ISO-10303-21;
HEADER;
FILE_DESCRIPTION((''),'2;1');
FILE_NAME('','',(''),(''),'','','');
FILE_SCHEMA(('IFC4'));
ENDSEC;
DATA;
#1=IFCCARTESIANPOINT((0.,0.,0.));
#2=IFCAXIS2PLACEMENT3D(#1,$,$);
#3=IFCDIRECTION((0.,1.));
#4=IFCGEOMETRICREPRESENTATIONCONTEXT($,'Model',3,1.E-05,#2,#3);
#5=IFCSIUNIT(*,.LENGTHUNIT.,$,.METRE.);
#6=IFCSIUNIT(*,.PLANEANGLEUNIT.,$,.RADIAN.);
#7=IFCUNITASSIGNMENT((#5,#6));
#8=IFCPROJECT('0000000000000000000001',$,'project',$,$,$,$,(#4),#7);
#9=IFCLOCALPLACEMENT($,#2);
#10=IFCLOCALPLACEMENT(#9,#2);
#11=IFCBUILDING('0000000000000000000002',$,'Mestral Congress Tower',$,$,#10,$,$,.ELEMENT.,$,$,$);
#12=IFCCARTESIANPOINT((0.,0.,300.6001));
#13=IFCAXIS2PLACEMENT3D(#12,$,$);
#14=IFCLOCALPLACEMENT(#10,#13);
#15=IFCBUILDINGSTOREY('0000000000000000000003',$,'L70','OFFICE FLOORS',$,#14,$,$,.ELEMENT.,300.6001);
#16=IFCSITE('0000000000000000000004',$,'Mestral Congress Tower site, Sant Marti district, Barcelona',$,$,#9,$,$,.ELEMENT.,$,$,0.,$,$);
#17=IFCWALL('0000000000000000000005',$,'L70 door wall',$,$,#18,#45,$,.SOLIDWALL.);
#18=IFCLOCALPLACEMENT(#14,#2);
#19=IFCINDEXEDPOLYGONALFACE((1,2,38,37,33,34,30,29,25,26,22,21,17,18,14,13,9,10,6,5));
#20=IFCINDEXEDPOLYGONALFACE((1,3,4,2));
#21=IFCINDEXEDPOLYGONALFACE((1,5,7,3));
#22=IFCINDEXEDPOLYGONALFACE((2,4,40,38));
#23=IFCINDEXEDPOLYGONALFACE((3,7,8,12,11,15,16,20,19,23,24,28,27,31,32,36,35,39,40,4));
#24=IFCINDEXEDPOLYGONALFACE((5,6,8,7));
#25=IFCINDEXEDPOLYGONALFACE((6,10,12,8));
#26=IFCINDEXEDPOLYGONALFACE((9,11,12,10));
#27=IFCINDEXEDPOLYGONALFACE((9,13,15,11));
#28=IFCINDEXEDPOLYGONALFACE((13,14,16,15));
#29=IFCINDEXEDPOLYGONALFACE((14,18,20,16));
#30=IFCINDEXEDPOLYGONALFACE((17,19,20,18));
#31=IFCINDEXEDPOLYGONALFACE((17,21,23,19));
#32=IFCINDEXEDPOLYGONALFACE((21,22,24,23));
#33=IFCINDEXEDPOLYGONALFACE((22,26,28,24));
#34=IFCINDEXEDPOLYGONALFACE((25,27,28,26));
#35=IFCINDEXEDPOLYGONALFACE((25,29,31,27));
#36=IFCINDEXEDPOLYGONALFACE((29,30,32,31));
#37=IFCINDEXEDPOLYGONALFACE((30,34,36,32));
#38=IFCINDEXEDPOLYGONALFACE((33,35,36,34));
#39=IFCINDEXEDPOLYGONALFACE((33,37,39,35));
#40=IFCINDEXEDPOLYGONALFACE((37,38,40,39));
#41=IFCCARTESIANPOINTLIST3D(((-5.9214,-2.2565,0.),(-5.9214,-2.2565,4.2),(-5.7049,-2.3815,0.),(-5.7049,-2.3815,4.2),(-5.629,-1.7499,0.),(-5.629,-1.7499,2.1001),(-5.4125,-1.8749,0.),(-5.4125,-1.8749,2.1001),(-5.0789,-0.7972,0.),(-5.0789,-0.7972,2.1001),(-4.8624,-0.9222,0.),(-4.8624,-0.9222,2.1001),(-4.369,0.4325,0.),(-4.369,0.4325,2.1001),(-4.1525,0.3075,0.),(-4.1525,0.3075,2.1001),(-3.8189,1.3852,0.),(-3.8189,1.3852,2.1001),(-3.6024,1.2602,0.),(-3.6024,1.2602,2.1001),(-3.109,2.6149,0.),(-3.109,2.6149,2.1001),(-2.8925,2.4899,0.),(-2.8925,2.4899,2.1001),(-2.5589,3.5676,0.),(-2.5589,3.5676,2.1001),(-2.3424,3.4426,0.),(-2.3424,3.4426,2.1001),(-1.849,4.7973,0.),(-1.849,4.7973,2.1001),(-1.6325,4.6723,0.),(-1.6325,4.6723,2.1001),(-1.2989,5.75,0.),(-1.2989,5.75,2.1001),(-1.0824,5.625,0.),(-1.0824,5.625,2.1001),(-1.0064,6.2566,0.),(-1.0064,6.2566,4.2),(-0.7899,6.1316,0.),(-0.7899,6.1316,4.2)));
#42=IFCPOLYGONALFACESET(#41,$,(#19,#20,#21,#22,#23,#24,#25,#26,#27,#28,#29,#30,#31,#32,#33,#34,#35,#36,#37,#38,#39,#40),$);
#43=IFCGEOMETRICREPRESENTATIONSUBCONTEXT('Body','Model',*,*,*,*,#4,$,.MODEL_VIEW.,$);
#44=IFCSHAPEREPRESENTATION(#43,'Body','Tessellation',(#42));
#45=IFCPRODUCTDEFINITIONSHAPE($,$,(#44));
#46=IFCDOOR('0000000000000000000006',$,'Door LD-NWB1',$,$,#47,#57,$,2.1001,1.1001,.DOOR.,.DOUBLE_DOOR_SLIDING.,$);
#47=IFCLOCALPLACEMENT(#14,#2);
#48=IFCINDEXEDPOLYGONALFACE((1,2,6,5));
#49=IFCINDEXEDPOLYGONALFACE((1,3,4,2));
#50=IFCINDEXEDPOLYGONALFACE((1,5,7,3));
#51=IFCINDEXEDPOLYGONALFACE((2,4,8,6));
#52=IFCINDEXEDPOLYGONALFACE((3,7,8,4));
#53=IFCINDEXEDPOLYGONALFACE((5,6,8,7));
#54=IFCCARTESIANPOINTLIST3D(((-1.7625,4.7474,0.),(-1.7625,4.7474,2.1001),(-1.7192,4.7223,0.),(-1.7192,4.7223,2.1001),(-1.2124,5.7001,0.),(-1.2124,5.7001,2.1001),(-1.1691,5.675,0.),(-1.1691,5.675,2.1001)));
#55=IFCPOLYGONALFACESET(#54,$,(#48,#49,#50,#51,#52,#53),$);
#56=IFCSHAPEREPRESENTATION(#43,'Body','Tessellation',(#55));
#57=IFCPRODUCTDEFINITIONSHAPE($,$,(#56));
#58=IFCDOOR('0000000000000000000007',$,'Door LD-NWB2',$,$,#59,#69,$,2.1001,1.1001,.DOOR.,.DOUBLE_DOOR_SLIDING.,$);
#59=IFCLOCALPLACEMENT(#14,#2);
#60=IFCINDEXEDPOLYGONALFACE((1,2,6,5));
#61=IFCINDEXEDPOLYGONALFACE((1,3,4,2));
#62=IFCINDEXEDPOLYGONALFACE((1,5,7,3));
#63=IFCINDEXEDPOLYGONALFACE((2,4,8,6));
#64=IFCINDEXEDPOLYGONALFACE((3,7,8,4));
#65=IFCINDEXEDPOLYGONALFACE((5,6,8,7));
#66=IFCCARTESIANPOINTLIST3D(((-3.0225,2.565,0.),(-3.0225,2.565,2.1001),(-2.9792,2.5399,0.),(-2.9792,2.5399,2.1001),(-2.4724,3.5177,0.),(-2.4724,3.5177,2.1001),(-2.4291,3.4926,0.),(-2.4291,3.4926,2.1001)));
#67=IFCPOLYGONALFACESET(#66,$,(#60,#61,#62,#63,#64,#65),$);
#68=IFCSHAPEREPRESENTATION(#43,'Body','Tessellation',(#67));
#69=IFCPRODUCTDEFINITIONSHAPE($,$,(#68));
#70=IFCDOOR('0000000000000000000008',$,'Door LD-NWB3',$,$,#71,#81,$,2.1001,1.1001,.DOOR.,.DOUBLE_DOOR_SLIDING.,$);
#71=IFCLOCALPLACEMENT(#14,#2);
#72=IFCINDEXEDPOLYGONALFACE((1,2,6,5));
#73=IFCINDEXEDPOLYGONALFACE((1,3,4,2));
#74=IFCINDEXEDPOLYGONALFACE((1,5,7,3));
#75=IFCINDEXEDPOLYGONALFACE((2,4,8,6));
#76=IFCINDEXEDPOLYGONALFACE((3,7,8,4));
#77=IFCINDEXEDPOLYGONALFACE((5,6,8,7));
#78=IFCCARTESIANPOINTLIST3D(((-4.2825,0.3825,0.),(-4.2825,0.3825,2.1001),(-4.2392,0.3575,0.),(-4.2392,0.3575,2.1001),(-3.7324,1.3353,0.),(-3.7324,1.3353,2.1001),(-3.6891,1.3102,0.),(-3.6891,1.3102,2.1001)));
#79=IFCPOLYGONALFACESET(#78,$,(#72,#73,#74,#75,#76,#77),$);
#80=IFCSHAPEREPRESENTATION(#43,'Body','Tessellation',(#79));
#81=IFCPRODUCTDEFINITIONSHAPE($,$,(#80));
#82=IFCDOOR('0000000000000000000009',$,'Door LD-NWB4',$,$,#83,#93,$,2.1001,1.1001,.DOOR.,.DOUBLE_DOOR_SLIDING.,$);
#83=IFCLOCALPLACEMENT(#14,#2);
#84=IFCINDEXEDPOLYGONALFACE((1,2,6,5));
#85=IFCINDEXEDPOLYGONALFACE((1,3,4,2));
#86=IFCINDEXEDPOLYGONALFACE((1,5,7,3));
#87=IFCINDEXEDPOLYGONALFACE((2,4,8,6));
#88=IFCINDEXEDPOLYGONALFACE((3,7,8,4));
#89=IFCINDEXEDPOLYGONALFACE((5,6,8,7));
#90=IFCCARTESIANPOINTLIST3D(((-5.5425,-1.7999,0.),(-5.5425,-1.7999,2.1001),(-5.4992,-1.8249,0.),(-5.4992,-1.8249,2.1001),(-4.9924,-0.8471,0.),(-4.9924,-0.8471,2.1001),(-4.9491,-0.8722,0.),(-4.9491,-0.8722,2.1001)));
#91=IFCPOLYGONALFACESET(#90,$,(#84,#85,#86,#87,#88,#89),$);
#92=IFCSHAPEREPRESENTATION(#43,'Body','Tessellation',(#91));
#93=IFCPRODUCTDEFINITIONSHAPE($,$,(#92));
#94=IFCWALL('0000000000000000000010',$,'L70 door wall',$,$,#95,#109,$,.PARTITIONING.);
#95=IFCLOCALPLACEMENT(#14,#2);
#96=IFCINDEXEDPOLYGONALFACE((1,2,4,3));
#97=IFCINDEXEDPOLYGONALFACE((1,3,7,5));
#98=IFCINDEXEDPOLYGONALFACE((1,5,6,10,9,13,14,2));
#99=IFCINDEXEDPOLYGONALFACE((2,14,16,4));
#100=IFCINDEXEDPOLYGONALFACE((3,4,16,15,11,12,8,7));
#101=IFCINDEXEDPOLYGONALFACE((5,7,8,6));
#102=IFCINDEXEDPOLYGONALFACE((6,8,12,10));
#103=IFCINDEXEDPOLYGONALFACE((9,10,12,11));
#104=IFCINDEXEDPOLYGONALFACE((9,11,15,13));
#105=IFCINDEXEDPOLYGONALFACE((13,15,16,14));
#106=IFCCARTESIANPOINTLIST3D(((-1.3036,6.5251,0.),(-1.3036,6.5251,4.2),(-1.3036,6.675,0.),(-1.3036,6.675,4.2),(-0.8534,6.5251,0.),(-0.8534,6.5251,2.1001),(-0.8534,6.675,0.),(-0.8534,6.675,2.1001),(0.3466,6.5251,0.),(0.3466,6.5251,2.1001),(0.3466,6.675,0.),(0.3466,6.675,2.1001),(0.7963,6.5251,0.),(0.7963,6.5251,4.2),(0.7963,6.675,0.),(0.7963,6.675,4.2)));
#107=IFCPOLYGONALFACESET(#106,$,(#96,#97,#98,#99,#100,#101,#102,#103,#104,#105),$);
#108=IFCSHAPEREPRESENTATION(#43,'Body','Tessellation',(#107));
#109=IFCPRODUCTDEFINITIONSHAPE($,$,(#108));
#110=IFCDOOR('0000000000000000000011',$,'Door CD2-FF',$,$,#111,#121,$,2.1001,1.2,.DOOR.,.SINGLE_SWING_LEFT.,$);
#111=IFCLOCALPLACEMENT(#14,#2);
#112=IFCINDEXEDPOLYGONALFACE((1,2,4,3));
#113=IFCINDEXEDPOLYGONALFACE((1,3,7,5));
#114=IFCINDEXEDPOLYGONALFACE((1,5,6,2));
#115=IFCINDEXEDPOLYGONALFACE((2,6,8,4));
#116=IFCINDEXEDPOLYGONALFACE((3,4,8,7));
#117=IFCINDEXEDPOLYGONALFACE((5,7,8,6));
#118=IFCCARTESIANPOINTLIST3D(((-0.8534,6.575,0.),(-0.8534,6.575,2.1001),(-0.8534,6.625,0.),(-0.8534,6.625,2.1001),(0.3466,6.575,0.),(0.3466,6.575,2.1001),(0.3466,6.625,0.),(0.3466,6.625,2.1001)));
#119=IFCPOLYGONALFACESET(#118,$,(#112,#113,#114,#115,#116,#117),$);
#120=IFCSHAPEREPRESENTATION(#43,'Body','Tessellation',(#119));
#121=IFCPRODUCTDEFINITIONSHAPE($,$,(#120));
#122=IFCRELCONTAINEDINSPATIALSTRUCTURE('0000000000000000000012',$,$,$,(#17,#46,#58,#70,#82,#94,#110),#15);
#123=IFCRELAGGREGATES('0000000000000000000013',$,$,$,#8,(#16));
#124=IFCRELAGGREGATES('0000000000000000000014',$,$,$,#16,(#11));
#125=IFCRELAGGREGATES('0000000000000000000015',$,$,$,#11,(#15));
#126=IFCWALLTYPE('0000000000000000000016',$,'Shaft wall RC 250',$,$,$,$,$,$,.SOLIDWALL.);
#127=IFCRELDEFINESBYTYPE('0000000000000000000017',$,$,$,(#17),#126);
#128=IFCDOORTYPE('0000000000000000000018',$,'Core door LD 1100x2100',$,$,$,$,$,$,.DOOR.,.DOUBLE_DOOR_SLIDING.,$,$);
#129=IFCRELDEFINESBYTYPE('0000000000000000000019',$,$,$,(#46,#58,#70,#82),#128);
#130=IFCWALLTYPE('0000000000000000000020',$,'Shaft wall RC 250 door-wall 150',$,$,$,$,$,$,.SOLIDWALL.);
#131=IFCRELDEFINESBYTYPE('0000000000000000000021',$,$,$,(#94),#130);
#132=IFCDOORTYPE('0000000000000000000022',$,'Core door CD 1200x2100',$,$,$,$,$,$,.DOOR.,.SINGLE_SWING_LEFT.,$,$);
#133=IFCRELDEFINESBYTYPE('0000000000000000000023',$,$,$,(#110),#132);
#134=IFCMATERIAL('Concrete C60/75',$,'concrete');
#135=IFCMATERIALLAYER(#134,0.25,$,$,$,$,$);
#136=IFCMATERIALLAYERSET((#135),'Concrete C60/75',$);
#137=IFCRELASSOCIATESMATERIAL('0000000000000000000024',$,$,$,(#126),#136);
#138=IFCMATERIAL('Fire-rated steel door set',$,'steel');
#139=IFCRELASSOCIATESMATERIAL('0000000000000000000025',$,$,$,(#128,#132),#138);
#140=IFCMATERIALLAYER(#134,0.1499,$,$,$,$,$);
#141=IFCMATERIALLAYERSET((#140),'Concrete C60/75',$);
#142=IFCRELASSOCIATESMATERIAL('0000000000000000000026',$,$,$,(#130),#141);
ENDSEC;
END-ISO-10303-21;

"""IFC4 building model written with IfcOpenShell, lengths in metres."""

from ifc_helpers import new_model, si_unit, direction, frame, frame_2d, origin, place, context, subcontext, project, spatial, rectangle, extrude, material, layer, layer_set, type_object, element, fill, save


model = new_model("IFC4")

# Units and contexts
model_context = context("Model", 3, precision=1e-05, world=origin(), true_north=direction((0.0, 1.0)))
body_context = subcontext(model_context, "Body", "Model", "MODEL_VIEW")
ifc_project = project(units=[si_unit("LENGTHUNIT", "METRE"), si_unit("PLANEANGLEUNIT", "RADIAN")], contexts=[model_context])

# Site, building, storey
site_placement = place(None, origin())
site = spatial("IfcSite", under=ifc_project, at=site_placement, Name="Mestral Congress Tower site, Sant Marti district, Barcelona", CompositionType="ELEMENT", RefElevation=0.0)
building_placement = place(site_placement, origin())
building = spatial("IfcBuilding", under=site, at=building_placement, Name="Mestral Congress Tower", CompositionType="ELEMENT")
storey_placement = place(building_placement, frame((0.0, 0.0, 300.6001)))
storey = spatial("IfcBuildingStorey", under=building, at=storey_placement, Name="L70", Description="OFFICE FLOORS", CompositionType="ELEMENT", Elevation=300.6001)

# Shared definitions
ifc_material_1 = material(Name="Concrete C60/75", Category="concrete")

# Shared definitions
ifc_material_2 = material(Name="Fire-rated steel door set", Category="steel")

# Wall, openings, doors
ifc_layer_1 = layer(ifc_material_1, 0.25)
ifc_layer_set_1 = layer_set([ifc_layer_1], Name="Concrete C60/75")
wall_type_1 = type_object("IfcWallType", Name="Shaft wall RC 250", PredefinedType="SOLIDWALL", material=ifc_layer_set_1)
wall_1_placement = place(storey_placement, frame((-0.8982, 6.1941, 0.0), z_axis=(0.0, 0.0, 1.0), x_axis=(-0.499996, -0.866028, 0.0)))
wall_1 = element("IfcWall", 1, at=wall_1_placement, inside=storey, type_object=wall_type_1, Name="L70 door wall", PredefinedType="SOLIDWALL", context=body_context, shape_type="SweptSolid", body=[
    extrude(rectangle(XDim=9.8301, YDim=0.25, at=frame_2d((4.915, 0.0))), origin(), (0.0, 0.0, 1.0), 4.2),
])
opening_1_placement = place(wall_1_placement, frame((0.585, 0.0, 0.0)))
opening_1 = element("IfcOpeningElement", 2, at=opening_1_placement, cuts=wall_1, PredefinedType="OPENING", context=body_context, shape_type="SweptSolid", body=[
    extrude(rectangle(XDim=1.1001, YDim=2.1001, at=frame_2d((0.55, 1.05))), frame((0.0, 0.135, 0.0), z_axis=(0.0, -1.0, 0.0), x_axis=(1.0, 0.0, 0.0)), (0.0, 0.0, 1.0), 0.27),
])
opening_2_placement = place(wall_1_placement, frame((3.105, 0.0, 0.0)))
opening_2 = element("IfcOpeningElement", 3, at=opening_2_placement, cuts=wall_1, PredefinedType="OPENING", context=body_context, shape_type="SweptSolid", body=[
    extrude(rectangle(XDim=1.1001, YDim=2.1001, at=frame_2d((0.55, 1.05))), frame((0.0, 0.135, 0.0), z_axis=(0.0, -1.0, 0.0), x_axis=(1.0, 0.0, 0.0)), (0.0, 0.0, 1.0), 0.27),
])
opening_3_placement = place(wall_1_placement, frame((5.625, 0.0, 0.0)))
opening_3 = element("IfcOpeningElement", 4, at=opening_3_placement, cuts=wall_1, PredefinedType="OPENING", context=body_context, shape_type="SweptSolid", body=[
    extrude(rectangle(XDim=1.1001, YDim=2.1001, at=frame_2d((0.55, 1.05))), frame((0.0, 0.135, 0.0), z_axis=(0.0, -1.0, 0.0), x_axis=(1.0, 0.0, 0.0)), (0.0, 0.0, 1.0), 0.27),
])
opening_4_placement = place(wall_1_placement, frame((8.145, 0.0, 0.0)))
opening_4 = element("IfcOpeningElement", 5, at=opening_4_placement, cuts=wall_1, PredefinedType="OPENING", context=body_context, shape_type="SweptSolid", body=[
    extrude(rectangle(XDim=1.1001, YDim=2.1001, at=frame_2d((0.55, 1.05))), frame((0.0, 0.135, 0.0), z_axis=(0.0, -1.0, 0.0), x_axis=(1.0, 0.0, 0.0)), (0.0, 0.0, 1.0), 0.27),
])
door_type_1 = type_object("IfcDoorType", Name="Core door LD 1100x2100", OperationType="DOUBLE_DOOR_SLIDING", PredefinedType="DOOR", material=ifc_material_2)
door_1_placement = place(opening_1_placement, origin())
door_1 = element("IfcDoor", 6, at=door_1_placement, inside=storey, type_object=door_type_1, Name="Door LD-NWB1", OperationType="DOUBLE_DOOR_SLIDING", OverallHeight=2.1001, OverallWidth=1.1001, PredefinedType="DOOR", context=body_context, shape_type="SweptSolid", body=[
    extrude(rectangle(XDim=1.1001, YDim=2.1001, at=frame_2d((0.55, 1.05))), frame((0.0, 0.0249, 0.0), z_axis=(0.0, -1.0, 0.0), x_axis=(1.0, 0.0, 0.0)), (0.0, 0.0, 1.0), 0.05),
])
fill(opening_1, door_1)
door_2_placement = place(opening_2_placement, origin())
door_2 = element("IfcDoor", 7, at=door_2_placement, inside=storey, type_object=door_type_1, Name="Door LD-NWB2", OperationType="DOUBLE_DOOR_SLIDING", OverallHeight=2.1001, OverallWidth=1.1001, PredefinedType="DOOR", context=body_context, shape_type="SweptSolid", body=[
    extrude(rectangle(XDim=1.1001, YDim=2.1001, at=frame_2d((0.55, 1.05))), frame((0.0, 0.0249, 0.0), z_axis=(0.0, -1.0, 0.0), x_axis=(1.0, 0.0, 0.0)), (0.0, 0.0, 1.0), 0.05),
])
fill(opening_2, door_2)
door_3_placement = place(opening_3_placement, origin())
door_3 = element("IfcDoor", 8, at=door_3_placement, inside=storey, type_object=door_type_1, Name="Door LD-NWB3", OperationType="DOUBLE_DOOR_SLIDING", OverallHeight=2.1001, OverallWidth=1.1001, PredefinedType="DOOR", context=body_context, shape_type="SweptSolid", body=[
    extrude(rectangle(XDim=1.1001, YDim=2.1001, at=frame_2d((0.55, 1.05))), frame((0.0, 0.0249, 0.0), z_axis=(0.0, -1.0, 0.0), x_axis=(1.0, 0.0, 0.0)), (0.0, 0.0, 1.0), 0.05),
])
fill(opening_3, door_3)
door_4_placement = place(opening_4_placement, origin())
door_4 = element("IfcDoor", 9, at=door_4_placement, inside=storey, type_object=door_type_1, Name="Door LD-NWB4", OperationType="DOUBLE_DOOR_SLIDING", OverallHeight=2.1001, OverallWidth=1.1001, PredefinedType="DOOR", context=body_context, shape_type="SweptSolid", body=[
    extrude(rectangle(XDim=1.1001, YDim=2.1001, at=frame_2d((0.55, 1.05))), frame((0.0, 0.0249, 0.0), z_axis=(0.0, -1.0, 0.0), x_axis=(1.0, 0.0, 0.0)), (0.0, 0.0, 1.0), 0.05),
])
fill(opening_4, door_4)

# Wall, opening, door
ifc_layer_2 = layer(ifc_material_1, 0.1499)
ifc_layer_set_2 = layer_set([ifc_layer_2], Name="Concrete C60/75")
wall_type_2 = type_object("IfcWallType", Name="Shaft wall RC 250 door-wall 150", PredefinedType="SOLIDWALL", material=ifc_layer_set_2)
wall_2_placement = place(storey_placement, frame((-1.3035, 6.6001, 0.0), z_axis=(0.0, 0.0, 1.0), x_axis=(1.0, 0.0, 0.0)))
wall_2 = element("IfcWall", 10, at=wall_2_placement, inside=storey, type_object=wall_type_2, Name="L70 door wall", PredefinedType="PARTITIONING", context=body_context, shape_type="SweptSolid", body=[
    extrude(rectangle(XDim=2.0999, YDim=0.1499, at=frame_2d((1.0498, 0.0))), origin(), (0.0, 0.0, 1.0), 4.2),
])
opening_5_placement = place(wall_2_placement, frame((0.45, 0.0, 0.0)))
opening_5 = element("IfcOpeningElement", 11, at=opening_5_placement, cuts=wall_2, PredefinedType="OPENING", context=body_context, shape_type="SweptSolid", body=[
    extrude(rectangle(XDim=1.2, YDim=2.1001, at=frame_2d((0.6001, 1.05))), frame((0.0, 0.085, 0.0), z_axis=(0.0, -1.0, 0.0), x_axis=(1.0, 0.0, 0.0)), (0.0, 0.0, 1.0), 0.1699),
])
door_type_2 = type_object("IfcDoorType", Name="Core door CD 1200x2100", OperationType="SINGLE_SWING_LEFT", PredefinedType="DOOR", material=ifc_material_2)
door_5_placement = place(opening_5_placement, origin())
door_5 = element("IfcDoor", 12, at=door_5_placement, inside=storey, type_object=door_type_2, Name="Door CD2-FF", OperationType="SINGLE_SWING_LEFT", OverallHeight=2.1001, OverallWidth=1.2, PredefinedType="DOOR", context=body_context, shape_type="SweptSolid", body=[
    extrude(rectangle(XDim=1.2, YDim=2.1001, at=frame_2d((0.6001, 1.05))), frame((0.0, 0.0249, 0.0), z_axis=(0.0, -1.0, 0.0), x_axis=(1.0, 0.0, 0.0)), (0.0, 0.0, 1.0), 0.05),
])
fill(opening_5, door_5)

save(model, "model.ifc")
